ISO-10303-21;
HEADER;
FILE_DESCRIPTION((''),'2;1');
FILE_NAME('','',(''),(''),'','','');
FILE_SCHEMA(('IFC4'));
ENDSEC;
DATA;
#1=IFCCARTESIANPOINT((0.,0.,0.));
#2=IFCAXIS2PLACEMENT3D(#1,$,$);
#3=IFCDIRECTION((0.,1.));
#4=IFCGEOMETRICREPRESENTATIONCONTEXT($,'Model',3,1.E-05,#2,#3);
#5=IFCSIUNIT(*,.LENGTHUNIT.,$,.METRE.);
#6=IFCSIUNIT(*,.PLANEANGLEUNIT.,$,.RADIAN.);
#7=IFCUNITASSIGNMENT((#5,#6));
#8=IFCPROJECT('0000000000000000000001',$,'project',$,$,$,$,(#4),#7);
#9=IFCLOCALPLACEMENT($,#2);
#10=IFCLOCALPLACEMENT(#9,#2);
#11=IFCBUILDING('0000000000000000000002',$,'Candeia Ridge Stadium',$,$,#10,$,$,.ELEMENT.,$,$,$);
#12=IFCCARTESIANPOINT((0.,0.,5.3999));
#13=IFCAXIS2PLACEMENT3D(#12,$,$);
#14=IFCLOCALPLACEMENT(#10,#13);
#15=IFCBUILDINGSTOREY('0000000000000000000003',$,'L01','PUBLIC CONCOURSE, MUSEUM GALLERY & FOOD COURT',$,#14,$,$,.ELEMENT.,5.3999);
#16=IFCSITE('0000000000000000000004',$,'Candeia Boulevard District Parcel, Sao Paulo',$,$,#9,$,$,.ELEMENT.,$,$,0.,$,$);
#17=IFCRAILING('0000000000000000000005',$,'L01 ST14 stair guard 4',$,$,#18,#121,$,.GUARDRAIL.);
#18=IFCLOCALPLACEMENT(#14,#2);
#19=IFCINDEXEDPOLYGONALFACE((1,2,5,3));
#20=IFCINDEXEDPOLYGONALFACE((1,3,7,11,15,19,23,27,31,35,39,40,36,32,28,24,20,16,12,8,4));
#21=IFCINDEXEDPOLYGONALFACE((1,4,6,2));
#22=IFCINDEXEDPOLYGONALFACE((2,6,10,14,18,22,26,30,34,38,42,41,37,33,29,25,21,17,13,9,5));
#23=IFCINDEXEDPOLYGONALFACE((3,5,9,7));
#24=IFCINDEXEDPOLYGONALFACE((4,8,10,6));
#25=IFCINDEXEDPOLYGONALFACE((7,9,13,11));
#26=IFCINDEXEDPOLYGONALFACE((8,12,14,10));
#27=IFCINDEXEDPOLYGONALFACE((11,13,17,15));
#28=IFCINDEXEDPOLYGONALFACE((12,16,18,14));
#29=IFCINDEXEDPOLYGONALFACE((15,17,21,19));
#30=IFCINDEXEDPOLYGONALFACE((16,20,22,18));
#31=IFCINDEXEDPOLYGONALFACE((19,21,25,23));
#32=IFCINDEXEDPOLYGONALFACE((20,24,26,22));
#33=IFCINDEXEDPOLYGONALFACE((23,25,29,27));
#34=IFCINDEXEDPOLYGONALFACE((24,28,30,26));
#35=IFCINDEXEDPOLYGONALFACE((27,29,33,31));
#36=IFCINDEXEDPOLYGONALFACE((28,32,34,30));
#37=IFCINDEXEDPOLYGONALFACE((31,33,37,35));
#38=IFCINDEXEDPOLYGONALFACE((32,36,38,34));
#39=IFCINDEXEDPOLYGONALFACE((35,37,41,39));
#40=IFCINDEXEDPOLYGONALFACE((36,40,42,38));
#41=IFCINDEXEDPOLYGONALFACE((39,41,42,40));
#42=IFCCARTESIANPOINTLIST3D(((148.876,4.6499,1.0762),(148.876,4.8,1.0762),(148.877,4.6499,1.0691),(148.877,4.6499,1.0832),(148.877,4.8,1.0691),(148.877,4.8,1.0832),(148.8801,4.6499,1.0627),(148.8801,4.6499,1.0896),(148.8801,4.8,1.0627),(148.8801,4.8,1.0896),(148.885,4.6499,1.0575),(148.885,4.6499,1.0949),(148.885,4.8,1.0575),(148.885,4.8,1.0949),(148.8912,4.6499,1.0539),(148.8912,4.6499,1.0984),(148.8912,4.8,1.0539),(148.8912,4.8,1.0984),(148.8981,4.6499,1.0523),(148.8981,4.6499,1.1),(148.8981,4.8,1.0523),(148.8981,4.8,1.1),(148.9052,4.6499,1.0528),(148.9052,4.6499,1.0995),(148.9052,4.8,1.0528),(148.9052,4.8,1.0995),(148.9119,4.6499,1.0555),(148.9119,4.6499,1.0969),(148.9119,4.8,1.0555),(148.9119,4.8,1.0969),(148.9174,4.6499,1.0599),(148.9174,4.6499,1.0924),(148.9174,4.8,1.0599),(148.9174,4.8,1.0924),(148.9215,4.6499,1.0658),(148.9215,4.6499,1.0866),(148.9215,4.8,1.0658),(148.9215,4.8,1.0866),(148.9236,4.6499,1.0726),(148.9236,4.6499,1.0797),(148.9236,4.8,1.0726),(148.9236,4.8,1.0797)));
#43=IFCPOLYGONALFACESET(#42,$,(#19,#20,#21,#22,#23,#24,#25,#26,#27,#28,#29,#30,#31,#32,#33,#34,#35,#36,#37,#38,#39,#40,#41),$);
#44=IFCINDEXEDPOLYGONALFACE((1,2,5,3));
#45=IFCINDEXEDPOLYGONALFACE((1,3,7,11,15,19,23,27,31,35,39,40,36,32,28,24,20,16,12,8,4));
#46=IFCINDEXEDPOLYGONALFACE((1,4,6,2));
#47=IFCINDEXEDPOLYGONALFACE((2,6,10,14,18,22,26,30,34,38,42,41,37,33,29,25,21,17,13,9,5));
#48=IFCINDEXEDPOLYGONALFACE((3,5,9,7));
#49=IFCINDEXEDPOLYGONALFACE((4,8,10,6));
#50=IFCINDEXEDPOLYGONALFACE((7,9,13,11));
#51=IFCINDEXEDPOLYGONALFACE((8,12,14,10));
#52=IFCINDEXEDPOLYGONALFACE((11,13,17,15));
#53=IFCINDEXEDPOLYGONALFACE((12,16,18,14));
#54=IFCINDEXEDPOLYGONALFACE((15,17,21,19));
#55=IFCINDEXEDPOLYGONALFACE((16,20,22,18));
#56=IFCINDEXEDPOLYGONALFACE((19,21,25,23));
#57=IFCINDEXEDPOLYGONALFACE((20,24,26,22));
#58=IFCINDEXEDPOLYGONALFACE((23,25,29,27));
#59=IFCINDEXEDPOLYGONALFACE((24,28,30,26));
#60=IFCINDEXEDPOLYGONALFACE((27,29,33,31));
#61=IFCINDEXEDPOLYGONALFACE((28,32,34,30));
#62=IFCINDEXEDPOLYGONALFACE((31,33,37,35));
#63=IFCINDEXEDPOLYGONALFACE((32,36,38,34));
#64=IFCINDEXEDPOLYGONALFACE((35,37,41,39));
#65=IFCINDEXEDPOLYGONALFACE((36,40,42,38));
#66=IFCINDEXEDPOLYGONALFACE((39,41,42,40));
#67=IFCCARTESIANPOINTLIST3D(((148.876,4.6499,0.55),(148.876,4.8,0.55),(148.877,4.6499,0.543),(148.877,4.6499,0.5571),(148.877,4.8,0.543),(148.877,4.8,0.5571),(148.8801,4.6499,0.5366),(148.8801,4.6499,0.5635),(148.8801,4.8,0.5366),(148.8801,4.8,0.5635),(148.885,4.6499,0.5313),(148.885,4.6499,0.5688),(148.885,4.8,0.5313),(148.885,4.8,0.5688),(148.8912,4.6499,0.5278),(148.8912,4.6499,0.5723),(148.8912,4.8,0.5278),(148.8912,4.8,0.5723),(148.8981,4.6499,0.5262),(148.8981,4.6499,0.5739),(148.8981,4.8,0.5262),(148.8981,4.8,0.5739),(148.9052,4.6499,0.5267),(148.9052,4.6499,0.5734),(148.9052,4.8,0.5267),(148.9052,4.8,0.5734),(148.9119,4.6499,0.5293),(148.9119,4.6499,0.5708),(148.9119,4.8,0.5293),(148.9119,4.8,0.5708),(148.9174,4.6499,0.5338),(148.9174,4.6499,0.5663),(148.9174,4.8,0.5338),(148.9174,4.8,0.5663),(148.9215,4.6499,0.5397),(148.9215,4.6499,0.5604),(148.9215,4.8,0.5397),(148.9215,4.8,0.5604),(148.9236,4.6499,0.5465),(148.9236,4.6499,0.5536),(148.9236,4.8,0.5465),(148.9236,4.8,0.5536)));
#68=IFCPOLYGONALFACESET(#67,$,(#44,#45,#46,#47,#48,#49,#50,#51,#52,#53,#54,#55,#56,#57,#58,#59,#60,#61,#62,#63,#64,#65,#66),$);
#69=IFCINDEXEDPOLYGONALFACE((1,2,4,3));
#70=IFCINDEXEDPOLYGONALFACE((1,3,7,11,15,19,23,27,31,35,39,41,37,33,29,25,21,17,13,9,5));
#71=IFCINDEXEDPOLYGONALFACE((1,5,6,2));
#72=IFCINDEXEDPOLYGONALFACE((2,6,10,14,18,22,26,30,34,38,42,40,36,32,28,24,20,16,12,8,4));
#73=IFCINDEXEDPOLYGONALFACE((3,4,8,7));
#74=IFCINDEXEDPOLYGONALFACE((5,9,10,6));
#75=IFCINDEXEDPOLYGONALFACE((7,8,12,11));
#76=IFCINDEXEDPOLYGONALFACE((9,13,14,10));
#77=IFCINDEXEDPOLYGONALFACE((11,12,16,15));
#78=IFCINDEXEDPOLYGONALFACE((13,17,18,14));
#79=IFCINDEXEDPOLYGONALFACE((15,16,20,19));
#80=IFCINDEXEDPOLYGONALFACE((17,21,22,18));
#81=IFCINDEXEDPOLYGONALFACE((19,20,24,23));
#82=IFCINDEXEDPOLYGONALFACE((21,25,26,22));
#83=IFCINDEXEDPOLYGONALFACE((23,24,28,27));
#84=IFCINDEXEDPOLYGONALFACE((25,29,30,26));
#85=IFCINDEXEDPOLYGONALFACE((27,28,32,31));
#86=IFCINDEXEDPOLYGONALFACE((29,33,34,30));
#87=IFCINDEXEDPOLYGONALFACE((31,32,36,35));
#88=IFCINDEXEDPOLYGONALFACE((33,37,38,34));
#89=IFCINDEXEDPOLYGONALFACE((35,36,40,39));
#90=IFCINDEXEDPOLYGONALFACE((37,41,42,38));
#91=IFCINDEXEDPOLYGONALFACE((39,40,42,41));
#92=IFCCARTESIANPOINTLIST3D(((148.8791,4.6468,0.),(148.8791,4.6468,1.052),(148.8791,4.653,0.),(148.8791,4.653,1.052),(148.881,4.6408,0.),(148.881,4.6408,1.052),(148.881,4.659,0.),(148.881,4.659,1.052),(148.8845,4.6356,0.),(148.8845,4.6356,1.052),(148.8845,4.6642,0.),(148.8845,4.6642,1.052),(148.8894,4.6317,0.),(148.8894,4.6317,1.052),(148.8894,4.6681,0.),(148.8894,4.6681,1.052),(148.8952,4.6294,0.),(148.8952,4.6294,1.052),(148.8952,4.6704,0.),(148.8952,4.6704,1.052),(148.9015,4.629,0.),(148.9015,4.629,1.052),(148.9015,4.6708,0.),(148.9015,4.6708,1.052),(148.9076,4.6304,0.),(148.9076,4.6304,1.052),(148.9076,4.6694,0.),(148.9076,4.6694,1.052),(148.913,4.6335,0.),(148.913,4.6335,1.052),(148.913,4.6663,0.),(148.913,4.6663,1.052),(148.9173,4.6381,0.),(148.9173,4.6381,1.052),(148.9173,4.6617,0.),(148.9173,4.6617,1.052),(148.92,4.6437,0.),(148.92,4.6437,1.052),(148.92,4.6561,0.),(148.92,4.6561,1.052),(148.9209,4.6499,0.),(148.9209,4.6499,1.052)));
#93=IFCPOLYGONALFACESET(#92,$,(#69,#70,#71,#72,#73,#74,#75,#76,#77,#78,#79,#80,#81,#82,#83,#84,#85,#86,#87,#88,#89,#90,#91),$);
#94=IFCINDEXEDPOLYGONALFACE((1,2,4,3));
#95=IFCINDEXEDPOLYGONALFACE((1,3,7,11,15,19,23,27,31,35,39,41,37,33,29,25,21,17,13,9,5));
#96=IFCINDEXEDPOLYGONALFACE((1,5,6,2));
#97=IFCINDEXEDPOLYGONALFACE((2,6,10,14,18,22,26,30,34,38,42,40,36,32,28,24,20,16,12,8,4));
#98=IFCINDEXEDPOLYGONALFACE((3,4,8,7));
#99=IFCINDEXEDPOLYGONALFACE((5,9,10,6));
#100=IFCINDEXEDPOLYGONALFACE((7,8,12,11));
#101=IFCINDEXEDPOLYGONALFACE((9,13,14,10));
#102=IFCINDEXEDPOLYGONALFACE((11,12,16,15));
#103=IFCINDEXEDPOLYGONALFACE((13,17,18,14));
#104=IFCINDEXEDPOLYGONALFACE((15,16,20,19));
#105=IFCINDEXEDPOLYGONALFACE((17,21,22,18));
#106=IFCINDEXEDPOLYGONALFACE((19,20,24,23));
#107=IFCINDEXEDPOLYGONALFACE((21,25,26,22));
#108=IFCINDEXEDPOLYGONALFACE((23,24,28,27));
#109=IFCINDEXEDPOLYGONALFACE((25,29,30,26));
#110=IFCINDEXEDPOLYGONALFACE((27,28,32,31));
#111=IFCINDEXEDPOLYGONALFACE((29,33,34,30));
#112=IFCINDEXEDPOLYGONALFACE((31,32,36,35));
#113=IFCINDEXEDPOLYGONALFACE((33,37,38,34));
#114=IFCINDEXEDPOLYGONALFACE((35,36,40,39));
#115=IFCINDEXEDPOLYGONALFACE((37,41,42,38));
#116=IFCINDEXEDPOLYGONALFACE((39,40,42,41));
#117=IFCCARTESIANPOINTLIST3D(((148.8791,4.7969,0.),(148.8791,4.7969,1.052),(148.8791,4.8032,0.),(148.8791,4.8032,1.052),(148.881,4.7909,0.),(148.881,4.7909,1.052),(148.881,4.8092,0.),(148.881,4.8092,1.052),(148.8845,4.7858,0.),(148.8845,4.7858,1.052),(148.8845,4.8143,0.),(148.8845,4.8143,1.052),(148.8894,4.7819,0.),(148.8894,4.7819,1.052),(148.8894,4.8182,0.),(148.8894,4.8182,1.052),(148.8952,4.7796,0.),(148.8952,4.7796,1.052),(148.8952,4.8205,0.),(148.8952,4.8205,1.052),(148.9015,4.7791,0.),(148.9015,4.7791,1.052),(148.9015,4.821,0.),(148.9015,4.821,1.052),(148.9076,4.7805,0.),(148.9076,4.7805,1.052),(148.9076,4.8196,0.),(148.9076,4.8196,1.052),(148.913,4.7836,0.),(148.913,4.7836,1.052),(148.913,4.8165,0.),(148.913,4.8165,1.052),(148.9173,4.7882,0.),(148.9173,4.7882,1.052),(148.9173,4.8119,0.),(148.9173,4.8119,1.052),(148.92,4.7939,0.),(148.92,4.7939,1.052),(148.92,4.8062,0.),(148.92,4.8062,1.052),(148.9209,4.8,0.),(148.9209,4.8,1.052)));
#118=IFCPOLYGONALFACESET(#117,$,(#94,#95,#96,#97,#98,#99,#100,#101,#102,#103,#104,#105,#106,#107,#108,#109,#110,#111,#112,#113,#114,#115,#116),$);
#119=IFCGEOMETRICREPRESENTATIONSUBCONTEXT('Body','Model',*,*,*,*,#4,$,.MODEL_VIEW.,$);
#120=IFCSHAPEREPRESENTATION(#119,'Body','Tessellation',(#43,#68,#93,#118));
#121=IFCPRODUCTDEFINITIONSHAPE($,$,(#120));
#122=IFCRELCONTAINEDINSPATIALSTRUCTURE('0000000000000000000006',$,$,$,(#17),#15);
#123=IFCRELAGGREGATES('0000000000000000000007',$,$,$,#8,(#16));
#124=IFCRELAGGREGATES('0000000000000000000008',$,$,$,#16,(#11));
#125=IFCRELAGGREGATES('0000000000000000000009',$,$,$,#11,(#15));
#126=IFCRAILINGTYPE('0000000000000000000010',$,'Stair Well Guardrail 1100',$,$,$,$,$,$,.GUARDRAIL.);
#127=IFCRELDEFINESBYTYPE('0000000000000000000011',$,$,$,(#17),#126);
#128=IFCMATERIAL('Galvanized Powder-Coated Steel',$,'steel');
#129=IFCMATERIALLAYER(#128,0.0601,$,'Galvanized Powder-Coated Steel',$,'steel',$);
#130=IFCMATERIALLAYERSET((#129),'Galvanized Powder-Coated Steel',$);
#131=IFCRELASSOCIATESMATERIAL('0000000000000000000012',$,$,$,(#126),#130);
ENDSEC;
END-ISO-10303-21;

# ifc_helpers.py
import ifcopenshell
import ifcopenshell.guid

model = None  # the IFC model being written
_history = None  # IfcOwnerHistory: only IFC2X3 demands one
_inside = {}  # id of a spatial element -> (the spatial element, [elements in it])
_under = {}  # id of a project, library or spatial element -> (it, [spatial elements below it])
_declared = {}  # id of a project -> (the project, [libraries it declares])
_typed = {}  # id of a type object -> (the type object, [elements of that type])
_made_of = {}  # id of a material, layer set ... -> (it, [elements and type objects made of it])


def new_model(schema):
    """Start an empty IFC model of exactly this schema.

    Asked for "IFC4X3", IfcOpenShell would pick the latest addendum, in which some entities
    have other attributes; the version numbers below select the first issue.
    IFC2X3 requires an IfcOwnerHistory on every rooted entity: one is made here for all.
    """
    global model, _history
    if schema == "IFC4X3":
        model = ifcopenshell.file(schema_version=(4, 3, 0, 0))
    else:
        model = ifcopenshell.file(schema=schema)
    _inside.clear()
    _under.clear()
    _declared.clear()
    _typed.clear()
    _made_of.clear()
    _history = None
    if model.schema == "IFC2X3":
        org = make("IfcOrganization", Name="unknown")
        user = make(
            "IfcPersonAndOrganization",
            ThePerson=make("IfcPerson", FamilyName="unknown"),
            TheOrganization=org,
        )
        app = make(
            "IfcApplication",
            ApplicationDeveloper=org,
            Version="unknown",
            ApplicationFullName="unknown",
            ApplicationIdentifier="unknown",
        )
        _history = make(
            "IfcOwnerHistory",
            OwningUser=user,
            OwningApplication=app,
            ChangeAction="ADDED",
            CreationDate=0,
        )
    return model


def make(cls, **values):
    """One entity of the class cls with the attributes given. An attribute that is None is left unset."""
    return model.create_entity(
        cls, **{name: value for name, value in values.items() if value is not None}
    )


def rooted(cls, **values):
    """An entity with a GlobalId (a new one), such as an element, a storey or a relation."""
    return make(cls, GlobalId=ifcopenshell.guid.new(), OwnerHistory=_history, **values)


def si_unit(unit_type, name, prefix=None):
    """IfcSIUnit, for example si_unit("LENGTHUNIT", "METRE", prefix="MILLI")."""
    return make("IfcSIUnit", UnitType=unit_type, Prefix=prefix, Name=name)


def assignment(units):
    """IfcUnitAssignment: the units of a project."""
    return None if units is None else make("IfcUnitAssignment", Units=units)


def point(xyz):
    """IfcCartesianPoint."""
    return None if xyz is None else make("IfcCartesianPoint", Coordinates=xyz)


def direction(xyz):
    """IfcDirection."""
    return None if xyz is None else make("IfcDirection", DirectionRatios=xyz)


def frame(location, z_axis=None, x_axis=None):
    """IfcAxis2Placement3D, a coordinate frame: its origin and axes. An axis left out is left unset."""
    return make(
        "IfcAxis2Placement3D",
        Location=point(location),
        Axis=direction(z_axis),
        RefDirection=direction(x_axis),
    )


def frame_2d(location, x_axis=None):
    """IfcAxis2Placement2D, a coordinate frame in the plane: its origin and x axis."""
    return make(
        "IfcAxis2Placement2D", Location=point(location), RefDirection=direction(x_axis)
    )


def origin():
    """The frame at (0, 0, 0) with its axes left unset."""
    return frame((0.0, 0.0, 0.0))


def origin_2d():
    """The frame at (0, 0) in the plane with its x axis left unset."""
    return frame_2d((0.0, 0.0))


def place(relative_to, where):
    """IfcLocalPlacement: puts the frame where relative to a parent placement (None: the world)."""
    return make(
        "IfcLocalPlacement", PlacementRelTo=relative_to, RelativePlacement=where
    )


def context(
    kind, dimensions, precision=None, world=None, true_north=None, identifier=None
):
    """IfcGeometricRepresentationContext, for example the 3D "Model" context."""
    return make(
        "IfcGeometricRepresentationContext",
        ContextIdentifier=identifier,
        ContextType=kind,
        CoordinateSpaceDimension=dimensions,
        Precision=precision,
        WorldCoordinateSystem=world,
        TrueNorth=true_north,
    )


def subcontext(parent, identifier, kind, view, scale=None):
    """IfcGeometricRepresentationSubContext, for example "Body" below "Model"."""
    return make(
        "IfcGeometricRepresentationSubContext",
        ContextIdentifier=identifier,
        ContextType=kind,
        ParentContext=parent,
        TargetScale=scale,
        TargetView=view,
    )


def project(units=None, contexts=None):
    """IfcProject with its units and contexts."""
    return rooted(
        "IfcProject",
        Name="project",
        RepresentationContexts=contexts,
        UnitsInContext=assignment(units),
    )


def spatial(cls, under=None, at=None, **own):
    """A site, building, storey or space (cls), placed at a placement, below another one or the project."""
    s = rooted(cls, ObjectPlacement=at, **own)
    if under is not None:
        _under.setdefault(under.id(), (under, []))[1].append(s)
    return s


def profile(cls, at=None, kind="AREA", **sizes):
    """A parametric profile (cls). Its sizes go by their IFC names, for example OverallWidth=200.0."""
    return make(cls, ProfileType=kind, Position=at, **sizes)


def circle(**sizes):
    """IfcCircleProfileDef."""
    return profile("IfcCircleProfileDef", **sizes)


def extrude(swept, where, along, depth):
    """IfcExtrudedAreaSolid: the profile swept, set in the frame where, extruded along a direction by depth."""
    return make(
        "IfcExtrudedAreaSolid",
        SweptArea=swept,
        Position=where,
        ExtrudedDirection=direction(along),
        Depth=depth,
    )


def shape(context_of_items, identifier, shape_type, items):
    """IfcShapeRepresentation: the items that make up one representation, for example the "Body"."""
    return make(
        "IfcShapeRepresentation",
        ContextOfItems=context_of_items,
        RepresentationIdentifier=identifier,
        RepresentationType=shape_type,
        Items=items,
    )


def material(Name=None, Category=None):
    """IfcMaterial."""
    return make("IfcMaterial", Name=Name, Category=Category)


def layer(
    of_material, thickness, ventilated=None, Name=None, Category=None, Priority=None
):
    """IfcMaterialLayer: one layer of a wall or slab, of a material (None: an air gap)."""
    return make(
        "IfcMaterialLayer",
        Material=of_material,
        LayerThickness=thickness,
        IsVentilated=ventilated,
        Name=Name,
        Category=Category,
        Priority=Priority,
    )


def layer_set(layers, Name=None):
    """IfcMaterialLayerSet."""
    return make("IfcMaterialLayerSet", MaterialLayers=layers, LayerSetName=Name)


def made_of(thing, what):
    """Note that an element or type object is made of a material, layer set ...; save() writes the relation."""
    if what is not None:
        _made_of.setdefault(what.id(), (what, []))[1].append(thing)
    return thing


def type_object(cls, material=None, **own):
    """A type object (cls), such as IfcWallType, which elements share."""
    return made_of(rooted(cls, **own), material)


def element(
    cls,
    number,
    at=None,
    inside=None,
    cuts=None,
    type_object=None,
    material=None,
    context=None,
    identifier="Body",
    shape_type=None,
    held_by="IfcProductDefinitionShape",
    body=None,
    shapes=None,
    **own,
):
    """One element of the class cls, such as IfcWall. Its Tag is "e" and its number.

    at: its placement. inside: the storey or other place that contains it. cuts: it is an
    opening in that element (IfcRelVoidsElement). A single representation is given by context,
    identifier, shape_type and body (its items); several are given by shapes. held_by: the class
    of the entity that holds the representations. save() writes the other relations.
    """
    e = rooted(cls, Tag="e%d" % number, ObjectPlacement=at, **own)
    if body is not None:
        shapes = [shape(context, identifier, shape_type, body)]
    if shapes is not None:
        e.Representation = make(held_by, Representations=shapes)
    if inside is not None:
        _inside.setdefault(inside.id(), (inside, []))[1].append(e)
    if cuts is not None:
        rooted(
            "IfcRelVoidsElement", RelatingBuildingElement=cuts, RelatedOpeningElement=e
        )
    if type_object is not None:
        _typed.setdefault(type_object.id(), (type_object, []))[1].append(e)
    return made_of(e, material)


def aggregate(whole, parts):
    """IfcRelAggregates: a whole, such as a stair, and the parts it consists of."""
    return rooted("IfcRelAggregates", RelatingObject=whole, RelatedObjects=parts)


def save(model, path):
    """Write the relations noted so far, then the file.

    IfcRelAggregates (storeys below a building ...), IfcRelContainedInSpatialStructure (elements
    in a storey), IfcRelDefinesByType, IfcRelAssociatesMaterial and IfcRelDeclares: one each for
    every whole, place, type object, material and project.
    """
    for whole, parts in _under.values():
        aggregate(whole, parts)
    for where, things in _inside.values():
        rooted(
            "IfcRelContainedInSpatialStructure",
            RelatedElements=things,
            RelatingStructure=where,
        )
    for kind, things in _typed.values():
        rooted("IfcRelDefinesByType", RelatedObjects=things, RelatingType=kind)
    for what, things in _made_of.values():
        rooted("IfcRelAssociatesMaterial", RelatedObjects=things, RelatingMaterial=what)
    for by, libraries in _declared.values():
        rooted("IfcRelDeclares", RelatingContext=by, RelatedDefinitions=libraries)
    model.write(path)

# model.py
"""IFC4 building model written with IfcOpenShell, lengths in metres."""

from ifc_helpers import new_model, si_unit, direction, frame, origin, origin_2d, place, context, subcontext, project, spatial, circle, extrude, material, layer, layer_set, type_object, element, save


model = new_model("IFC4")

# Units and contexts
model_context = context("Model", 3, precision=1e-05, world=origin(), true_north=direction((0.0, 1.0)))
body_context = subcontext(model_context, "Body", "Model", "MODEL_VIEW")
ifc_project = project(units=[si_unit("LENGTHUNIT", "METRE"), si_unit("PLANEANGLEUNIT", "RADIAN")], contexts=[model_context])

# Site, building, storey
site_placement = place(None, origin())
site = spatial("IfcSite", under=ifc_project, at=site_placement, Name="Candeia Boulevard District Parcel, Sao Paulo", CompositionType="ELEMENT", RefElevation=0.0)
building_placement = place(site_placement, origin())
building = spatial("IfcBuilding", under=site, at=building_placement, Name="Candeia Ridge Stadium", CompositionType="ELEMENT")
storey_placement = place(building_placement, frame((0.0, 0.0, 5.3999)))
storey = spatial("IfcBuildingStorey", under=building, at=storey_placement, Name="L01", Description="PUBLIC CONCOURSE, MUSEUM GALLERY & FOOD COURT", CompositionType="ELEMENT", Elevation=5.3999)

# Railing
ifc_material_1 = material(Name="Galvanized Powder-Coated Steel", Category="steel")
ifc_layer_1 = layer(ifc_material_1, 0.0601, Name="Galvanized Powder-Coated Steel", Category="steel")
ifc_layer_set_1 = layer_set([ifc_layer_1], Name="Galvanized Powder-Coated Steel")
railing_type_1 = type_object("IfcRailingType", Name="Stair Well Guardrail 1100", PredefinedType="GUARDRAIL", material=ifc_layer_set_1)
railing_1_placement = place(storey_placement, frame((148.8999, 4.6499, 0.0)))
element("IfcRailing", 1, at=railing_1_placement, inside=storey, type_object=railing_type_1, Name="L01 ST14 stair guard 4", PredefinedType="GUARDRAIL", context=body_context, shape_type="SweptSolid", body=[
    extrude(circle(Radius=0.0239, at=origin_2d()), frame((0.0, 0.0, 1.0762), z_axis=(0.0, 1.0, 0.0), x_axis=(-1.0, 0.0, 0.0)), (0.0, 0.0, 1.0), 0.1501),
    extrude(circle(Radius=0.0239, at=origin_2d()), frame((0.0, 0.0, 0.55), z_axis=(0.0, 1.0, 0.0), x_axis=(-1.0, 0.0, 0.0)), (0.0, 0.0, 1.0), 0.1501),
    extrude(circle(Radius=0.021, at=origin_2d()), origin(), (0.0, 0.0, 1.0), 1.052),
    extrude(circle(Radius=0.021, at=origin_2d()), frame((0.0, 0.1501, 0.0)), (0.0, 0.0, 1.0), 1.052),
])

save(model, "model.ifc")
